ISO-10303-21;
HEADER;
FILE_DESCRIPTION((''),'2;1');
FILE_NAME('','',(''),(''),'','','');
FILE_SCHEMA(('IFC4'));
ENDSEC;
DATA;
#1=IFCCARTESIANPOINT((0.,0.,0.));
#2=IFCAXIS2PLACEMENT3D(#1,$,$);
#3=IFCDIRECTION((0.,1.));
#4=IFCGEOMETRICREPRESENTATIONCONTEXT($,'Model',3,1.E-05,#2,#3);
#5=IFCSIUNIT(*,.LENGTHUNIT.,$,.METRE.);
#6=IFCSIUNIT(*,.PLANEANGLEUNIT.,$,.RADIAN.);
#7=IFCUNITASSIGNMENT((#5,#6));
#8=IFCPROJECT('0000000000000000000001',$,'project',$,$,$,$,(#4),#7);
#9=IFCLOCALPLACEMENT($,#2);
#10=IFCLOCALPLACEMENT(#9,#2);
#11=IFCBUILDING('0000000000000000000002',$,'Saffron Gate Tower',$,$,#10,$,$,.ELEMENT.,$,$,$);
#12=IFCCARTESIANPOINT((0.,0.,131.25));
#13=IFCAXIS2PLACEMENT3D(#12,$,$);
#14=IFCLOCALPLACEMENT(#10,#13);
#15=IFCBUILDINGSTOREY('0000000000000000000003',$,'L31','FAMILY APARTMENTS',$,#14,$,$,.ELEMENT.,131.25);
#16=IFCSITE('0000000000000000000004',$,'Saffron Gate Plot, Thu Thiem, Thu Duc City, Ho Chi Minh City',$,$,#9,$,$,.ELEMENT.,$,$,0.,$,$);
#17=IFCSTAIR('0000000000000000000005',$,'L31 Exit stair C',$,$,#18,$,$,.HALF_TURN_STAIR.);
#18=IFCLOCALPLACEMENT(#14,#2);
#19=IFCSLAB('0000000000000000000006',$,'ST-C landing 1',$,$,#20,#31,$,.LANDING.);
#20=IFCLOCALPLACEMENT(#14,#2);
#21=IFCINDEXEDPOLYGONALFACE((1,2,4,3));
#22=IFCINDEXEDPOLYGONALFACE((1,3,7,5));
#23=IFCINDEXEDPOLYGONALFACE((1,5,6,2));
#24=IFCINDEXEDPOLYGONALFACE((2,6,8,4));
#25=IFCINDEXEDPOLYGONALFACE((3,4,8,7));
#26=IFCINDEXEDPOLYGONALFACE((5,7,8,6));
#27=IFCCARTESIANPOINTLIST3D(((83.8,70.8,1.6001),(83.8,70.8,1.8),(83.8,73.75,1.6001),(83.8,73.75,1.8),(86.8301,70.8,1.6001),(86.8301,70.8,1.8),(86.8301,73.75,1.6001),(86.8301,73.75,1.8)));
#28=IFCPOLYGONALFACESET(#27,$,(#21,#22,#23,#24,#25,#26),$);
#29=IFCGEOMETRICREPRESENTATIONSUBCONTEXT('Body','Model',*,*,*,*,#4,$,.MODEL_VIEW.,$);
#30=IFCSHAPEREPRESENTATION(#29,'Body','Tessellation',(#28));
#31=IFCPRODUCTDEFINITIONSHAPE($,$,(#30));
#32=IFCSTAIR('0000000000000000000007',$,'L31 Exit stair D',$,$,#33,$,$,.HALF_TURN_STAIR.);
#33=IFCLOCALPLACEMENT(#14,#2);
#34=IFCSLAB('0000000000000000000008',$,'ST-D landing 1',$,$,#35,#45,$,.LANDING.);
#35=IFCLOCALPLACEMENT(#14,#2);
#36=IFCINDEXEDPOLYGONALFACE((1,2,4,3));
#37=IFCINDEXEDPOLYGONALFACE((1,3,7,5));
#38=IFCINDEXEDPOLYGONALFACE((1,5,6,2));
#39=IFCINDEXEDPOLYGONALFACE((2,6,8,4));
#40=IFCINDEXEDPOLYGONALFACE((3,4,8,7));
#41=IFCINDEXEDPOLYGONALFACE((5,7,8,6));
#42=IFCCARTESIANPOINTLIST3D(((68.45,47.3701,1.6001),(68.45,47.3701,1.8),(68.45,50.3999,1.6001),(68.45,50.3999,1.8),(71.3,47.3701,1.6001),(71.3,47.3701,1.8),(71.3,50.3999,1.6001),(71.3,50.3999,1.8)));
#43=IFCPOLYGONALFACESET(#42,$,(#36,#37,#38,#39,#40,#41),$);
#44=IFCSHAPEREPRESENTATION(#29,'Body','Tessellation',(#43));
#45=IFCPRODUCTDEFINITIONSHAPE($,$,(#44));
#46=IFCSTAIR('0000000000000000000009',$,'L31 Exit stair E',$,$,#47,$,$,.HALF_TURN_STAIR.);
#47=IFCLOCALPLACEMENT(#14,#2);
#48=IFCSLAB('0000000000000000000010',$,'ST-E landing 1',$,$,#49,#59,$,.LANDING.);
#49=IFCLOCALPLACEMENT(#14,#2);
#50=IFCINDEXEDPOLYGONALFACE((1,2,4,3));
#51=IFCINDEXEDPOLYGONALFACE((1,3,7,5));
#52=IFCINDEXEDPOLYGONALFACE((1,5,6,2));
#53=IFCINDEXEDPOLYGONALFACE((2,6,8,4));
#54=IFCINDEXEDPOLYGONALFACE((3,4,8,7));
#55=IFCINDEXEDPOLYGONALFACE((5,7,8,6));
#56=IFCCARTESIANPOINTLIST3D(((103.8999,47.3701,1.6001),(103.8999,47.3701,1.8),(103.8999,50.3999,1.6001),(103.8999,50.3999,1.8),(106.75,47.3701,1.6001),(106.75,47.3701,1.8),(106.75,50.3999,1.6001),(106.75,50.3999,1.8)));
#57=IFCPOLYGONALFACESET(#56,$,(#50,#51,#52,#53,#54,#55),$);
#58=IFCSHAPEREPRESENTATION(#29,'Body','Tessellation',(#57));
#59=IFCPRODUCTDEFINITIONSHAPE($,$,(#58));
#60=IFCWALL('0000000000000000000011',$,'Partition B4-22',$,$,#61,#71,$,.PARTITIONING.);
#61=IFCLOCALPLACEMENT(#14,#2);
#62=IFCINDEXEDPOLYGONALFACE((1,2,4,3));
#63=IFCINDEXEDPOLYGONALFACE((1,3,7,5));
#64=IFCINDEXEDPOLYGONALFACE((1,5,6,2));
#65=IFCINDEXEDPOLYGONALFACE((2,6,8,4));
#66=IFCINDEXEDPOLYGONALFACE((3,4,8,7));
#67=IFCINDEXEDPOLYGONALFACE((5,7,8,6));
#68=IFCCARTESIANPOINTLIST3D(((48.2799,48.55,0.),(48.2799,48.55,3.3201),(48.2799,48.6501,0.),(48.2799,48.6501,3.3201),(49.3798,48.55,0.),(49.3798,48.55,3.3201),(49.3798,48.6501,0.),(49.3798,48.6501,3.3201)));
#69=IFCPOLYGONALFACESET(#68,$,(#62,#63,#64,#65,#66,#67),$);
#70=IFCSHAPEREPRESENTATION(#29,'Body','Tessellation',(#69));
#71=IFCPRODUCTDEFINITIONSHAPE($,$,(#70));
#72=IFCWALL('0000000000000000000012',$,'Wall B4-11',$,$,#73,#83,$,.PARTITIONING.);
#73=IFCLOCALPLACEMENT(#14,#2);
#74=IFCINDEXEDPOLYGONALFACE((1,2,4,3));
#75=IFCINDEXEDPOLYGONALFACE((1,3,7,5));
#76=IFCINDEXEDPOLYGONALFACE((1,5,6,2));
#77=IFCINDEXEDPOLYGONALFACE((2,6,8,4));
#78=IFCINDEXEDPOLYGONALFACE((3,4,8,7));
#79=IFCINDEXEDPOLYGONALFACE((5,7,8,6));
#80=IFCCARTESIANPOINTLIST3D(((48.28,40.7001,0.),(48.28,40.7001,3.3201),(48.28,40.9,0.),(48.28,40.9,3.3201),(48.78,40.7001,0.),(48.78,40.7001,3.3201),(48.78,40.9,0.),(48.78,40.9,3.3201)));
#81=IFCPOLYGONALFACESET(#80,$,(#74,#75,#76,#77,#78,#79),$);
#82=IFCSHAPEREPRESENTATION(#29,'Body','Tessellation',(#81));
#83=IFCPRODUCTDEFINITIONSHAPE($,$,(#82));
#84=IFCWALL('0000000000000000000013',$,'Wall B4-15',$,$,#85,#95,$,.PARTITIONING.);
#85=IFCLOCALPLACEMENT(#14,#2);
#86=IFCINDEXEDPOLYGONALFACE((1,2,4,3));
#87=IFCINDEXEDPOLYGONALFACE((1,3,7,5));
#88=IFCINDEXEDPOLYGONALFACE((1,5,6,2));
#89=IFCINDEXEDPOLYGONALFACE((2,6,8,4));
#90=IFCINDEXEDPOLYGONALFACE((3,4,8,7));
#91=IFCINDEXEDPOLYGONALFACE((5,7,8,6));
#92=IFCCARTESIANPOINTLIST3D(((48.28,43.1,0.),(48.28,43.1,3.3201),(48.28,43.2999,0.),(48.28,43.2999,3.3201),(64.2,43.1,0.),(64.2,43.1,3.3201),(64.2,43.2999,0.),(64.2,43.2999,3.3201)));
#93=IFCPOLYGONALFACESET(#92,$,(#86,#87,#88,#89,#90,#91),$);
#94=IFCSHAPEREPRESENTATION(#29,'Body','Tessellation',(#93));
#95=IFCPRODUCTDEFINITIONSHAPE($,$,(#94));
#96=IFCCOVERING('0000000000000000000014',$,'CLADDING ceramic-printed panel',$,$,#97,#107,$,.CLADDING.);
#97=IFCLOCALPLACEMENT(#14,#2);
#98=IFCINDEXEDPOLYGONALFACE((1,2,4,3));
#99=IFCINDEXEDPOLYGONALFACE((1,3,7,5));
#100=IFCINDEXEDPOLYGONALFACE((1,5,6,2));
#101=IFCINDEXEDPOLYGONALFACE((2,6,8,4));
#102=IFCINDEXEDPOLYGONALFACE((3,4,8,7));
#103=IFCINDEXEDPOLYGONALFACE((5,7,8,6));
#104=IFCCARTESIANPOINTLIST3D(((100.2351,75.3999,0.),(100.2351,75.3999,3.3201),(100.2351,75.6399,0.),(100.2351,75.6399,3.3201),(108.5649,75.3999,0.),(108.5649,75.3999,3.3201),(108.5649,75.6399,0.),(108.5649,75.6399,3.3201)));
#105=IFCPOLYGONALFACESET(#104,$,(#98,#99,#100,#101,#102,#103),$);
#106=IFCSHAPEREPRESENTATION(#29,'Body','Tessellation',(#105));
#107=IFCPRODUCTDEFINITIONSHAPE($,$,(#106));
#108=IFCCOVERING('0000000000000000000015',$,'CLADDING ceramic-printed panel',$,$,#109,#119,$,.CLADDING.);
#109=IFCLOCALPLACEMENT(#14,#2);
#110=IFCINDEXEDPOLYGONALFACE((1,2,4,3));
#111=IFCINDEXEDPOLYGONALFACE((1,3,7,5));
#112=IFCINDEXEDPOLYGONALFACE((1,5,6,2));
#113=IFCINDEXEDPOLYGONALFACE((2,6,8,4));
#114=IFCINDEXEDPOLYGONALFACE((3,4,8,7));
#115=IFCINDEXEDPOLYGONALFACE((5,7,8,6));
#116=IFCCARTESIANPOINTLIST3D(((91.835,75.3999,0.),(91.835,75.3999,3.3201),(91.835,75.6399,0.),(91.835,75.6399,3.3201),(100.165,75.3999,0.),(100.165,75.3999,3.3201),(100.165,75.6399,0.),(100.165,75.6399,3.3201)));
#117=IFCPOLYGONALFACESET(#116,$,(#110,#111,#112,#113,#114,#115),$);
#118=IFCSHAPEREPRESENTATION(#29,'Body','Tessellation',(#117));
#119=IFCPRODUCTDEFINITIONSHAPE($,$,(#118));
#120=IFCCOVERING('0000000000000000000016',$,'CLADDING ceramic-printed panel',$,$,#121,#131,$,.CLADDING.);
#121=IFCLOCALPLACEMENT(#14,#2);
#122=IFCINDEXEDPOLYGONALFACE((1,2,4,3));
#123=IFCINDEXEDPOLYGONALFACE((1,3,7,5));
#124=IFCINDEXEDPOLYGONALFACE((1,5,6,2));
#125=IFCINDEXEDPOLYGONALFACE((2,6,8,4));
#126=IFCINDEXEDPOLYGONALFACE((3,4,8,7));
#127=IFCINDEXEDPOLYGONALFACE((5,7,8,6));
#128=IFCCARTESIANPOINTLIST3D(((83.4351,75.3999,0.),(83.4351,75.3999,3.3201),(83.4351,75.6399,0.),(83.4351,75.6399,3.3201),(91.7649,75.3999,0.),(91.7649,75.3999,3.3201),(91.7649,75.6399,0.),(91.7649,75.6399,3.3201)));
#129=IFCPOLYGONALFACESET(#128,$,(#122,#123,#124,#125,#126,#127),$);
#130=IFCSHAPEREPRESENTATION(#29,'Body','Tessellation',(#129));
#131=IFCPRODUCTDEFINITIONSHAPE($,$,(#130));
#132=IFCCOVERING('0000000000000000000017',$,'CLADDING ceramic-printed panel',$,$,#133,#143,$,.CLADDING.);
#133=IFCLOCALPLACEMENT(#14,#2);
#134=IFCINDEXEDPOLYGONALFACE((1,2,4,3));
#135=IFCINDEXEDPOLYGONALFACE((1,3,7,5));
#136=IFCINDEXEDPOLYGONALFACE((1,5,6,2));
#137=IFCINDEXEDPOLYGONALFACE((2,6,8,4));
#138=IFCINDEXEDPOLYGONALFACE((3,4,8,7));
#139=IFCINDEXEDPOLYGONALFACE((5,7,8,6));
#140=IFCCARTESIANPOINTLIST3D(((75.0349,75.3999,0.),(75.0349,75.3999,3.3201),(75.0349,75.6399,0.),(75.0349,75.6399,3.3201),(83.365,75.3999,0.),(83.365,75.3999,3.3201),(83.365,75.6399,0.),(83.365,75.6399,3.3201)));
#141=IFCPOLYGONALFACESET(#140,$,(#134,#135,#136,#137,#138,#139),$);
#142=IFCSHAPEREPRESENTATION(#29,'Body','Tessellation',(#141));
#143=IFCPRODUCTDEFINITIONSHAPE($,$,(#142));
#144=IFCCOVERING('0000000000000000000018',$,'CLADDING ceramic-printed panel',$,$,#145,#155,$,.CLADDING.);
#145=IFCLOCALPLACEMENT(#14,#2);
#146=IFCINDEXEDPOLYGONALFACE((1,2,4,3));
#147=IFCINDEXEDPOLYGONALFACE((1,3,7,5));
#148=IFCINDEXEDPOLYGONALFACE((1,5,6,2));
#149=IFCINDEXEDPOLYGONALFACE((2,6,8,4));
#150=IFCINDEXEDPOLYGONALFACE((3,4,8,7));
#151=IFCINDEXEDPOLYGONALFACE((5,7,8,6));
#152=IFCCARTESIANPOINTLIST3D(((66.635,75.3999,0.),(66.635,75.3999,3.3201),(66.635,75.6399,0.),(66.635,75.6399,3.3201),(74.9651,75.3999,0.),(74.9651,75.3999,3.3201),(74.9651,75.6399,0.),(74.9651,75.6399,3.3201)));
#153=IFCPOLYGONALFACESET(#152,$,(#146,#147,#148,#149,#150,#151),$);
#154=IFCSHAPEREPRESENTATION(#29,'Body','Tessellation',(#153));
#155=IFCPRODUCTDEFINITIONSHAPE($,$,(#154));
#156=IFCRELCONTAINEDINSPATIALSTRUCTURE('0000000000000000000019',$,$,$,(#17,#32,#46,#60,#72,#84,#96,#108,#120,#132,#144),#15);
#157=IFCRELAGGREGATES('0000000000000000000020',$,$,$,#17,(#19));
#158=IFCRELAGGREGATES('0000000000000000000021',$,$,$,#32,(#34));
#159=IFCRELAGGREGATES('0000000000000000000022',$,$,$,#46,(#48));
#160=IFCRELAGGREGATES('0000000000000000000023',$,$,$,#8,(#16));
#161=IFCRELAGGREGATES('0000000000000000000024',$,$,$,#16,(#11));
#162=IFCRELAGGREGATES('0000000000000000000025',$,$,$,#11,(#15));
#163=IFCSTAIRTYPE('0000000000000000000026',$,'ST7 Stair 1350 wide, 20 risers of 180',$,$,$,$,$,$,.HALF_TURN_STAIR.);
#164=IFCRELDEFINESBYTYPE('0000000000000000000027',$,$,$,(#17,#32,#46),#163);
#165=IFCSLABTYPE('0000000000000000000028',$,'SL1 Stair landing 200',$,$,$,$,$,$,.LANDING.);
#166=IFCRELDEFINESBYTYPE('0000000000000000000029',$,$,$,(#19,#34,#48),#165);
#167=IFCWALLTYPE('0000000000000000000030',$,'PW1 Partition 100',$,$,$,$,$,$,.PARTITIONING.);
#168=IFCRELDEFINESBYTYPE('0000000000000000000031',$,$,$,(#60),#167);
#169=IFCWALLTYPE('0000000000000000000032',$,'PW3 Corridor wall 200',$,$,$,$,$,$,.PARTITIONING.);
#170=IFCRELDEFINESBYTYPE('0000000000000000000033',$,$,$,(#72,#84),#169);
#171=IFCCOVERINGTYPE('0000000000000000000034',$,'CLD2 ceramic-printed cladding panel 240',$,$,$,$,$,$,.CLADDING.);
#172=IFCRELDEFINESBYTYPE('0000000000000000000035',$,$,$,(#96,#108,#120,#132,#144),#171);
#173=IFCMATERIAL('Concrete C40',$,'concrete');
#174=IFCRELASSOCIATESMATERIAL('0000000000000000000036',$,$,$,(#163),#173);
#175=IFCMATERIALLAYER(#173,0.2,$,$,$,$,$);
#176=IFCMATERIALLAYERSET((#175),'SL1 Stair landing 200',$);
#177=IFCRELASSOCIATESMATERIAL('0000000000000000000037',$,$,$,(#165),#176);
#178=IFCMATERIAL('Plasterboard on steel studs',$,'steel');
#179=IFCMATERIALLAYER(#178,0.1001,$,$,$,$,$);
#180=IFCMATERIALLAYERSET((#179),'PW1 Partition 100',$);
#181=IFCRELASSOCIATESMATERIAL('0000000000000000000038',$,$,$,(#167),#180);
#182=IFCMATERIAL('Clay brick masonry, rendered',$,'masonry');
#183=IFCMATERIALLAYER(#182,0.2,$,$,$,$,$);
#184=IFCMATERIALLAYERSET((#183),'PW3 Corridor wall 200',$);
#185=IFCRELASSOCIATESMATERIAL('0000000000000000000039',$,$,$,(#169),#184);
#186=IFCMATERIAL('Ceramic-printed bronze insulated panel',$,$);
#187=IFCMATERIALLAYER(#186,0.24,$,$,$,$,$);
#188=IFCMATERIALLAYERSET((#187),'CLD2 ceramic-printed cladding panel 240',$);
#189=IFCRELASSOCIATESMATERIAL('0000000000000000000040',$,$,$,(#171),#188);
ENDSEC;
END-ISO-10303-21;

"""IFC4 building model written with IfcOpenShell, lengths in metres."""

from ifc_helpers import new_model, si_unit, direction, frame, frame_2d, origin, place, context, subcontext, project, spatial, polyline, rectangle, outline, extrude, material, layer, layer_set, type_object, element, aggregate, save


model = new_model("IFC4")

# Units and contexts
model_context = context("Model", 3, precision=1e-05, world=origin(), true_north=direction((0.0, 1.0)))
body_context = subcontext(model_context, "Body", "Model", "MODEL_VIEW")
ifc_project = project(units=[si_unit("LENGTHUNIT", "METRE"), si_unit("PLANEANGLEUNIT", "RADIAN")], contexts=[model_context])

# Site, building, storey
site_placement = place(None, origin())
site = spatial("IfcSite", under=ifc_project, at=site_placement, Name="Saffron Gate Plot, Thu Thiem, Thu Duc City, Ho Chi Minh City", CompositionType="ELEMENT", RefElevation=0.0)
building_placement = place(site_placement, origin())
building = spatial("IfcBuilding", under=site, at=building_placement, Name="Saffron Gate Tower", CompositionType="ELEMENT")
storey_placement = place(building_placement, frame((0.0, 0.0, 131.25)))
storey = spatial("IfcBuildingStorey", under=building, at=storey_placement, Name="L31", Description="FAMILY APARTMENTS", CompositionType="ELEMENT", Elevation=131.25)

# Shared definitions
ifc_material_1 = material(Name="Concrete C40", Category="concrete")

# Stairs, slabs
stair_type = type_object("IfcStairType", Name="ST7 Stair 1350 wide, 20 risers of 180", PredefinedType="HALF_TURN_STAIR", material=ifc_material_1)
ifc_layer_1 = layer(ifc_material_1, 0.2)
ifc_layer_set_1 = layer_set([ifc_layer_1], Name="SL1 Stair landing 200")
slab_type_1 = type_object("IfcSlabType", Name="SL1 Stair landing 200", PredefinedType="LANDING", material=ifc_layer_set_1)
stair_1_placement = place(storey_placement, origin())
stair_1 = element("IfcStair", 1, at=stair_1_placement, inside=storey, type_object=stair_type, Name="L31 Exit stair C", PredefinedType="HALF_TURN_STAIR")
slab_1_placement = place(storey_placement, frame((0.0, 0.0, 1.6001)))
slab_1 = element("IfcSlab", 2, at=slab_1_placement, type_object=slab_type_1, Name="ST-C landing 1", PredefinedType="LANDING", context=body_context, shape_type="SweptSolid", body=[
    extrude(outline(polyline([(86.8301, 73.75), (83.8, 73.75), (83.8, 70.8), (86.8301, 70.8), (86.8301, 73.75)])), origin(), (0.0, 0.0, 1.0), 0.2),
])
aggregate(stair_1, [slab_1])
stair_2_placement = place(storey_placement, origin())
stair_2 = element("IfcStair", 3, at=stair_2_placement, inside=storey, type_object=stair_type, Name="L31 Exit stair D", PredefinedType="HALF_TURN_STAIR")
slab_2_placement = place(storey_placement, frame((0.0, 0.0, 1.6001)))
slab_2 = element("IfcSlab", 4, at=slab_2_placement, type_object=slab_type_1, Name="ST-D landing 1", PredefinedType="LANDING", context=body_context, shape_type="SweptSolid", body=[
    extrude(outline(polyline([(71.3, 47.3701), (71.3, 50.3999), (68.45, 50.3999), (68.45, 47.3701), (71.3, 47.3701)])), origin(), (0.0, 0.0, 1.0), 0.2),
])
aggregate(stair_2, [slab_2])
stair_3_placement = place(storey_placement, origin())
stair_3 = element("IfcStair", 5, at=stair_3_placement, inside=storey, type_object=stair_type, Name="L31 Exit stair E", PredefinedType="HALF_TURN_STAIR")
slab_3_placement = place(storey_placement, frame((0.0, 0.0, 1.6001)))
slab_3 = element("IfcSlab", 6, at=slab_3_placement, type_object=slab_type_1, Name="ST-E landing 1", PredefinedType="LANDING", context=body_context, shape_type="SweptSolid", body=[
    extrude(outline(polyline([(106.75, 47.3701), (106.75, 50.3999), (103.8999, 50.3999), (103.8999, 47.3701), (106.75, 47.3701)])), origin(), (0.0, 0.0, 1.0), 0.2),
])
aggregate(stair_3, [slab_3])

# Walls
ifc_material_2 = material(Name="Plasterboard on steel studs", Category="steel")
ifc_layer_2 = layer(ifc_material_2, 0.1001)
ifc_layer_set_2 = layer_set([ifc_layer_2], Name="PW1 Partition 100")
wall_type_1 = type_object("IfcWallType", Name="PW1 Partition 100", PredefinedType="PARTITIONING", material=ifc_layer_set_2)
wall_1_placement = place(storey_placement, frame((48.28, 48.6001, 0.0), z_axis=(0.0, 0.0, 1.0), x_axis=(1.0, 0.0, 0.0)))
element("IfcWall", 7, at=wall_1_placement, inside=storey, type_object=wall_type_1, Name="Partition B4-22", PredefinedType="PARTITIONING", context=body_context, shape_type="SweptSolid", body=[
    extrude(rectangle(XDim=1.0999, YDim=0.1001, at=frame_2d((0.5498, 0.0))), origin(), (0.0, 0.0, 1.0), 3.3201),
])
ifc_material_3 = material(Name="Clay brick masonry, rendered", Category="masonry")
ifc_layer_3 = layer(ifc_material_3, 0.2)
ifc_layer_set_3 = layer_set([ifc_layer_3], Name="PW3 Corridor wall 200")
wall_type_2 = type_object("IfcWallType", Name="PW3 Corridor wall 200", PredefinedType="PARTITIONING", material=ifc_layer_set_3)
wall_2_placement = place(storey_placement, frame((48.28, 40.8, 0.0), z_axis=(0.0, 0.0, 1.0), x_axis=(1.0, 0.0, 0.0)))
element("IfcWall", 8, at=wall_2_placement, inside=storey, type_object=wall_type_2, Name="Wall B4-11", PredefinedType="PARTITIONING", context=body_context, shape_type="SweptSolid", body=[
    extrude(rectangle(XDim=0.5, YDim=0.2, at=frame_2d((0.25, 0.0))), origin(), (0.0, 0.0, 1.0), 3.3201),
])
wall_3_placement = place(storey_placement, frame((48.28, 43.2, 0.0), z_axis=(0.0, 0.0, 1.0), x_axis=(1.0, 0.0, 0.0)))
element("IfcWall", 9, at=wall_3_placement, inside=storey, type_object=wall_type_2, Name="Wall B4-15", PredefinedType="PARTITIONING", context=body_context, shape_type="SweptSolid", body=[
    extrude(rectangle(XDim=15.9199, YDim=0.2, at=frame_2d((7.96, 0.0))), origin(), (0.0, 0.0, 1.0), 3.3201),
])

# Coverings
ifc_material_4 = material(Name="Ceramic-printed bronze insulated panel")
ifc_layer_4 = layer(ifc_material_4, 0.24)
ifc_layer_set_4 = layer_set([ifc_layer_4], Name="CLD2 ceramic-printed cladding panel 240")
covering_type = type_object("IfcCoveringType", Name="CLD2 ceramic-printed cladding panel 240", PredefinedType="CLADDING", material=ifc_layer_set_4)
covering_1_placement = place(storey_placement, origin())
element("IfcCovering", 10, at=covering_1_placement, inside=storey, type_object=covering_type, Name="CLADDING ceramic-printed panel", PredefinedType="CLADDING", context=body_context, shape_type="SweptSolid", body=[
    extrude(outline(polyline([(108.5649, 75.6399), (100.2351, 75.6399), (100.2351, 75.3999), (108.5649, 75.3999), (108.5649, 75.6399)])), origin(), (0.0, 0.0, 1.0), 3.3201),
])
covering_2_placement = place(storey_placement, origin())
element("IfcCovering", 11, at=covering_2_placement, inside=storey, type_object=covering_type, Name="CLADDING ceramic-printed panel", PredefinedType="CLADDING", context=body_context, shape_type="SweptSolid", body=[
    extrude(outline(polyline([(100.165, 75.6399), (91.835, 75.6399), (91.835, 75.3999), (100.165, 75.3999), (100.165, 75.6399)])), origin(), (0.0, 0.0, 1.0), 3.3201),
])
covering_3_placement = place(storey_placement, origin())
element("IfcCovering", 12, at=covering_3_placement, inside=storey, type_object=covering_type, Name="CLADDING ceramic-printed panel", PredefinedType="CLADDING", context=body_context, shape_type="SweptSolid", body=[
    extrude(outline(polyline([(91.7649, 75.6399), (83.4351, 75.6399), (83.4351, 75.3999), (91.7649, 75.3999), (91.7649, 75.6399)])), origin(), (0.0, 0.0, 1.0), 3.3201),
])
covering_4_placement = place(storey_placement, origin())
element("IfcCovering", 13, at=covering_4_placement, inside=storey, type_object=covering_type, Name="CLADDING ceramic-printed panel", PredefinedType="CLADDING", context=body_context, shape_type="SweptSolid", body=[
    extrude(outline(polyline([(83.365, 75.6399), (75.0349, 75.6399), (75.0349, 75.3999), (83.365, 75.3999), (83.365, 75.6399)])), origin(), (0.0, 0.0, 1.0), 3.3201),
])
covering_5_placement = place(storey_placement, origin())
element("IfcCovering", 14, at=covering_5_placement, inside=storey, type_object=covering_type, Name="CLADDING ceramic-printed panel", PredefinedType="CLADDING", context=body_context, shape_type="SweptSolid", body=[
    extrude(outline(polyline([(74.9651, 75.6399), (66.635, 75.6399), (66.635, 75.3999), (74.9651, 75.3999), (74.9651, 75.6399)])), origin(), (0.0, 0.0, 1.0), 3.3201),
])

save(model, "model.ifc")
